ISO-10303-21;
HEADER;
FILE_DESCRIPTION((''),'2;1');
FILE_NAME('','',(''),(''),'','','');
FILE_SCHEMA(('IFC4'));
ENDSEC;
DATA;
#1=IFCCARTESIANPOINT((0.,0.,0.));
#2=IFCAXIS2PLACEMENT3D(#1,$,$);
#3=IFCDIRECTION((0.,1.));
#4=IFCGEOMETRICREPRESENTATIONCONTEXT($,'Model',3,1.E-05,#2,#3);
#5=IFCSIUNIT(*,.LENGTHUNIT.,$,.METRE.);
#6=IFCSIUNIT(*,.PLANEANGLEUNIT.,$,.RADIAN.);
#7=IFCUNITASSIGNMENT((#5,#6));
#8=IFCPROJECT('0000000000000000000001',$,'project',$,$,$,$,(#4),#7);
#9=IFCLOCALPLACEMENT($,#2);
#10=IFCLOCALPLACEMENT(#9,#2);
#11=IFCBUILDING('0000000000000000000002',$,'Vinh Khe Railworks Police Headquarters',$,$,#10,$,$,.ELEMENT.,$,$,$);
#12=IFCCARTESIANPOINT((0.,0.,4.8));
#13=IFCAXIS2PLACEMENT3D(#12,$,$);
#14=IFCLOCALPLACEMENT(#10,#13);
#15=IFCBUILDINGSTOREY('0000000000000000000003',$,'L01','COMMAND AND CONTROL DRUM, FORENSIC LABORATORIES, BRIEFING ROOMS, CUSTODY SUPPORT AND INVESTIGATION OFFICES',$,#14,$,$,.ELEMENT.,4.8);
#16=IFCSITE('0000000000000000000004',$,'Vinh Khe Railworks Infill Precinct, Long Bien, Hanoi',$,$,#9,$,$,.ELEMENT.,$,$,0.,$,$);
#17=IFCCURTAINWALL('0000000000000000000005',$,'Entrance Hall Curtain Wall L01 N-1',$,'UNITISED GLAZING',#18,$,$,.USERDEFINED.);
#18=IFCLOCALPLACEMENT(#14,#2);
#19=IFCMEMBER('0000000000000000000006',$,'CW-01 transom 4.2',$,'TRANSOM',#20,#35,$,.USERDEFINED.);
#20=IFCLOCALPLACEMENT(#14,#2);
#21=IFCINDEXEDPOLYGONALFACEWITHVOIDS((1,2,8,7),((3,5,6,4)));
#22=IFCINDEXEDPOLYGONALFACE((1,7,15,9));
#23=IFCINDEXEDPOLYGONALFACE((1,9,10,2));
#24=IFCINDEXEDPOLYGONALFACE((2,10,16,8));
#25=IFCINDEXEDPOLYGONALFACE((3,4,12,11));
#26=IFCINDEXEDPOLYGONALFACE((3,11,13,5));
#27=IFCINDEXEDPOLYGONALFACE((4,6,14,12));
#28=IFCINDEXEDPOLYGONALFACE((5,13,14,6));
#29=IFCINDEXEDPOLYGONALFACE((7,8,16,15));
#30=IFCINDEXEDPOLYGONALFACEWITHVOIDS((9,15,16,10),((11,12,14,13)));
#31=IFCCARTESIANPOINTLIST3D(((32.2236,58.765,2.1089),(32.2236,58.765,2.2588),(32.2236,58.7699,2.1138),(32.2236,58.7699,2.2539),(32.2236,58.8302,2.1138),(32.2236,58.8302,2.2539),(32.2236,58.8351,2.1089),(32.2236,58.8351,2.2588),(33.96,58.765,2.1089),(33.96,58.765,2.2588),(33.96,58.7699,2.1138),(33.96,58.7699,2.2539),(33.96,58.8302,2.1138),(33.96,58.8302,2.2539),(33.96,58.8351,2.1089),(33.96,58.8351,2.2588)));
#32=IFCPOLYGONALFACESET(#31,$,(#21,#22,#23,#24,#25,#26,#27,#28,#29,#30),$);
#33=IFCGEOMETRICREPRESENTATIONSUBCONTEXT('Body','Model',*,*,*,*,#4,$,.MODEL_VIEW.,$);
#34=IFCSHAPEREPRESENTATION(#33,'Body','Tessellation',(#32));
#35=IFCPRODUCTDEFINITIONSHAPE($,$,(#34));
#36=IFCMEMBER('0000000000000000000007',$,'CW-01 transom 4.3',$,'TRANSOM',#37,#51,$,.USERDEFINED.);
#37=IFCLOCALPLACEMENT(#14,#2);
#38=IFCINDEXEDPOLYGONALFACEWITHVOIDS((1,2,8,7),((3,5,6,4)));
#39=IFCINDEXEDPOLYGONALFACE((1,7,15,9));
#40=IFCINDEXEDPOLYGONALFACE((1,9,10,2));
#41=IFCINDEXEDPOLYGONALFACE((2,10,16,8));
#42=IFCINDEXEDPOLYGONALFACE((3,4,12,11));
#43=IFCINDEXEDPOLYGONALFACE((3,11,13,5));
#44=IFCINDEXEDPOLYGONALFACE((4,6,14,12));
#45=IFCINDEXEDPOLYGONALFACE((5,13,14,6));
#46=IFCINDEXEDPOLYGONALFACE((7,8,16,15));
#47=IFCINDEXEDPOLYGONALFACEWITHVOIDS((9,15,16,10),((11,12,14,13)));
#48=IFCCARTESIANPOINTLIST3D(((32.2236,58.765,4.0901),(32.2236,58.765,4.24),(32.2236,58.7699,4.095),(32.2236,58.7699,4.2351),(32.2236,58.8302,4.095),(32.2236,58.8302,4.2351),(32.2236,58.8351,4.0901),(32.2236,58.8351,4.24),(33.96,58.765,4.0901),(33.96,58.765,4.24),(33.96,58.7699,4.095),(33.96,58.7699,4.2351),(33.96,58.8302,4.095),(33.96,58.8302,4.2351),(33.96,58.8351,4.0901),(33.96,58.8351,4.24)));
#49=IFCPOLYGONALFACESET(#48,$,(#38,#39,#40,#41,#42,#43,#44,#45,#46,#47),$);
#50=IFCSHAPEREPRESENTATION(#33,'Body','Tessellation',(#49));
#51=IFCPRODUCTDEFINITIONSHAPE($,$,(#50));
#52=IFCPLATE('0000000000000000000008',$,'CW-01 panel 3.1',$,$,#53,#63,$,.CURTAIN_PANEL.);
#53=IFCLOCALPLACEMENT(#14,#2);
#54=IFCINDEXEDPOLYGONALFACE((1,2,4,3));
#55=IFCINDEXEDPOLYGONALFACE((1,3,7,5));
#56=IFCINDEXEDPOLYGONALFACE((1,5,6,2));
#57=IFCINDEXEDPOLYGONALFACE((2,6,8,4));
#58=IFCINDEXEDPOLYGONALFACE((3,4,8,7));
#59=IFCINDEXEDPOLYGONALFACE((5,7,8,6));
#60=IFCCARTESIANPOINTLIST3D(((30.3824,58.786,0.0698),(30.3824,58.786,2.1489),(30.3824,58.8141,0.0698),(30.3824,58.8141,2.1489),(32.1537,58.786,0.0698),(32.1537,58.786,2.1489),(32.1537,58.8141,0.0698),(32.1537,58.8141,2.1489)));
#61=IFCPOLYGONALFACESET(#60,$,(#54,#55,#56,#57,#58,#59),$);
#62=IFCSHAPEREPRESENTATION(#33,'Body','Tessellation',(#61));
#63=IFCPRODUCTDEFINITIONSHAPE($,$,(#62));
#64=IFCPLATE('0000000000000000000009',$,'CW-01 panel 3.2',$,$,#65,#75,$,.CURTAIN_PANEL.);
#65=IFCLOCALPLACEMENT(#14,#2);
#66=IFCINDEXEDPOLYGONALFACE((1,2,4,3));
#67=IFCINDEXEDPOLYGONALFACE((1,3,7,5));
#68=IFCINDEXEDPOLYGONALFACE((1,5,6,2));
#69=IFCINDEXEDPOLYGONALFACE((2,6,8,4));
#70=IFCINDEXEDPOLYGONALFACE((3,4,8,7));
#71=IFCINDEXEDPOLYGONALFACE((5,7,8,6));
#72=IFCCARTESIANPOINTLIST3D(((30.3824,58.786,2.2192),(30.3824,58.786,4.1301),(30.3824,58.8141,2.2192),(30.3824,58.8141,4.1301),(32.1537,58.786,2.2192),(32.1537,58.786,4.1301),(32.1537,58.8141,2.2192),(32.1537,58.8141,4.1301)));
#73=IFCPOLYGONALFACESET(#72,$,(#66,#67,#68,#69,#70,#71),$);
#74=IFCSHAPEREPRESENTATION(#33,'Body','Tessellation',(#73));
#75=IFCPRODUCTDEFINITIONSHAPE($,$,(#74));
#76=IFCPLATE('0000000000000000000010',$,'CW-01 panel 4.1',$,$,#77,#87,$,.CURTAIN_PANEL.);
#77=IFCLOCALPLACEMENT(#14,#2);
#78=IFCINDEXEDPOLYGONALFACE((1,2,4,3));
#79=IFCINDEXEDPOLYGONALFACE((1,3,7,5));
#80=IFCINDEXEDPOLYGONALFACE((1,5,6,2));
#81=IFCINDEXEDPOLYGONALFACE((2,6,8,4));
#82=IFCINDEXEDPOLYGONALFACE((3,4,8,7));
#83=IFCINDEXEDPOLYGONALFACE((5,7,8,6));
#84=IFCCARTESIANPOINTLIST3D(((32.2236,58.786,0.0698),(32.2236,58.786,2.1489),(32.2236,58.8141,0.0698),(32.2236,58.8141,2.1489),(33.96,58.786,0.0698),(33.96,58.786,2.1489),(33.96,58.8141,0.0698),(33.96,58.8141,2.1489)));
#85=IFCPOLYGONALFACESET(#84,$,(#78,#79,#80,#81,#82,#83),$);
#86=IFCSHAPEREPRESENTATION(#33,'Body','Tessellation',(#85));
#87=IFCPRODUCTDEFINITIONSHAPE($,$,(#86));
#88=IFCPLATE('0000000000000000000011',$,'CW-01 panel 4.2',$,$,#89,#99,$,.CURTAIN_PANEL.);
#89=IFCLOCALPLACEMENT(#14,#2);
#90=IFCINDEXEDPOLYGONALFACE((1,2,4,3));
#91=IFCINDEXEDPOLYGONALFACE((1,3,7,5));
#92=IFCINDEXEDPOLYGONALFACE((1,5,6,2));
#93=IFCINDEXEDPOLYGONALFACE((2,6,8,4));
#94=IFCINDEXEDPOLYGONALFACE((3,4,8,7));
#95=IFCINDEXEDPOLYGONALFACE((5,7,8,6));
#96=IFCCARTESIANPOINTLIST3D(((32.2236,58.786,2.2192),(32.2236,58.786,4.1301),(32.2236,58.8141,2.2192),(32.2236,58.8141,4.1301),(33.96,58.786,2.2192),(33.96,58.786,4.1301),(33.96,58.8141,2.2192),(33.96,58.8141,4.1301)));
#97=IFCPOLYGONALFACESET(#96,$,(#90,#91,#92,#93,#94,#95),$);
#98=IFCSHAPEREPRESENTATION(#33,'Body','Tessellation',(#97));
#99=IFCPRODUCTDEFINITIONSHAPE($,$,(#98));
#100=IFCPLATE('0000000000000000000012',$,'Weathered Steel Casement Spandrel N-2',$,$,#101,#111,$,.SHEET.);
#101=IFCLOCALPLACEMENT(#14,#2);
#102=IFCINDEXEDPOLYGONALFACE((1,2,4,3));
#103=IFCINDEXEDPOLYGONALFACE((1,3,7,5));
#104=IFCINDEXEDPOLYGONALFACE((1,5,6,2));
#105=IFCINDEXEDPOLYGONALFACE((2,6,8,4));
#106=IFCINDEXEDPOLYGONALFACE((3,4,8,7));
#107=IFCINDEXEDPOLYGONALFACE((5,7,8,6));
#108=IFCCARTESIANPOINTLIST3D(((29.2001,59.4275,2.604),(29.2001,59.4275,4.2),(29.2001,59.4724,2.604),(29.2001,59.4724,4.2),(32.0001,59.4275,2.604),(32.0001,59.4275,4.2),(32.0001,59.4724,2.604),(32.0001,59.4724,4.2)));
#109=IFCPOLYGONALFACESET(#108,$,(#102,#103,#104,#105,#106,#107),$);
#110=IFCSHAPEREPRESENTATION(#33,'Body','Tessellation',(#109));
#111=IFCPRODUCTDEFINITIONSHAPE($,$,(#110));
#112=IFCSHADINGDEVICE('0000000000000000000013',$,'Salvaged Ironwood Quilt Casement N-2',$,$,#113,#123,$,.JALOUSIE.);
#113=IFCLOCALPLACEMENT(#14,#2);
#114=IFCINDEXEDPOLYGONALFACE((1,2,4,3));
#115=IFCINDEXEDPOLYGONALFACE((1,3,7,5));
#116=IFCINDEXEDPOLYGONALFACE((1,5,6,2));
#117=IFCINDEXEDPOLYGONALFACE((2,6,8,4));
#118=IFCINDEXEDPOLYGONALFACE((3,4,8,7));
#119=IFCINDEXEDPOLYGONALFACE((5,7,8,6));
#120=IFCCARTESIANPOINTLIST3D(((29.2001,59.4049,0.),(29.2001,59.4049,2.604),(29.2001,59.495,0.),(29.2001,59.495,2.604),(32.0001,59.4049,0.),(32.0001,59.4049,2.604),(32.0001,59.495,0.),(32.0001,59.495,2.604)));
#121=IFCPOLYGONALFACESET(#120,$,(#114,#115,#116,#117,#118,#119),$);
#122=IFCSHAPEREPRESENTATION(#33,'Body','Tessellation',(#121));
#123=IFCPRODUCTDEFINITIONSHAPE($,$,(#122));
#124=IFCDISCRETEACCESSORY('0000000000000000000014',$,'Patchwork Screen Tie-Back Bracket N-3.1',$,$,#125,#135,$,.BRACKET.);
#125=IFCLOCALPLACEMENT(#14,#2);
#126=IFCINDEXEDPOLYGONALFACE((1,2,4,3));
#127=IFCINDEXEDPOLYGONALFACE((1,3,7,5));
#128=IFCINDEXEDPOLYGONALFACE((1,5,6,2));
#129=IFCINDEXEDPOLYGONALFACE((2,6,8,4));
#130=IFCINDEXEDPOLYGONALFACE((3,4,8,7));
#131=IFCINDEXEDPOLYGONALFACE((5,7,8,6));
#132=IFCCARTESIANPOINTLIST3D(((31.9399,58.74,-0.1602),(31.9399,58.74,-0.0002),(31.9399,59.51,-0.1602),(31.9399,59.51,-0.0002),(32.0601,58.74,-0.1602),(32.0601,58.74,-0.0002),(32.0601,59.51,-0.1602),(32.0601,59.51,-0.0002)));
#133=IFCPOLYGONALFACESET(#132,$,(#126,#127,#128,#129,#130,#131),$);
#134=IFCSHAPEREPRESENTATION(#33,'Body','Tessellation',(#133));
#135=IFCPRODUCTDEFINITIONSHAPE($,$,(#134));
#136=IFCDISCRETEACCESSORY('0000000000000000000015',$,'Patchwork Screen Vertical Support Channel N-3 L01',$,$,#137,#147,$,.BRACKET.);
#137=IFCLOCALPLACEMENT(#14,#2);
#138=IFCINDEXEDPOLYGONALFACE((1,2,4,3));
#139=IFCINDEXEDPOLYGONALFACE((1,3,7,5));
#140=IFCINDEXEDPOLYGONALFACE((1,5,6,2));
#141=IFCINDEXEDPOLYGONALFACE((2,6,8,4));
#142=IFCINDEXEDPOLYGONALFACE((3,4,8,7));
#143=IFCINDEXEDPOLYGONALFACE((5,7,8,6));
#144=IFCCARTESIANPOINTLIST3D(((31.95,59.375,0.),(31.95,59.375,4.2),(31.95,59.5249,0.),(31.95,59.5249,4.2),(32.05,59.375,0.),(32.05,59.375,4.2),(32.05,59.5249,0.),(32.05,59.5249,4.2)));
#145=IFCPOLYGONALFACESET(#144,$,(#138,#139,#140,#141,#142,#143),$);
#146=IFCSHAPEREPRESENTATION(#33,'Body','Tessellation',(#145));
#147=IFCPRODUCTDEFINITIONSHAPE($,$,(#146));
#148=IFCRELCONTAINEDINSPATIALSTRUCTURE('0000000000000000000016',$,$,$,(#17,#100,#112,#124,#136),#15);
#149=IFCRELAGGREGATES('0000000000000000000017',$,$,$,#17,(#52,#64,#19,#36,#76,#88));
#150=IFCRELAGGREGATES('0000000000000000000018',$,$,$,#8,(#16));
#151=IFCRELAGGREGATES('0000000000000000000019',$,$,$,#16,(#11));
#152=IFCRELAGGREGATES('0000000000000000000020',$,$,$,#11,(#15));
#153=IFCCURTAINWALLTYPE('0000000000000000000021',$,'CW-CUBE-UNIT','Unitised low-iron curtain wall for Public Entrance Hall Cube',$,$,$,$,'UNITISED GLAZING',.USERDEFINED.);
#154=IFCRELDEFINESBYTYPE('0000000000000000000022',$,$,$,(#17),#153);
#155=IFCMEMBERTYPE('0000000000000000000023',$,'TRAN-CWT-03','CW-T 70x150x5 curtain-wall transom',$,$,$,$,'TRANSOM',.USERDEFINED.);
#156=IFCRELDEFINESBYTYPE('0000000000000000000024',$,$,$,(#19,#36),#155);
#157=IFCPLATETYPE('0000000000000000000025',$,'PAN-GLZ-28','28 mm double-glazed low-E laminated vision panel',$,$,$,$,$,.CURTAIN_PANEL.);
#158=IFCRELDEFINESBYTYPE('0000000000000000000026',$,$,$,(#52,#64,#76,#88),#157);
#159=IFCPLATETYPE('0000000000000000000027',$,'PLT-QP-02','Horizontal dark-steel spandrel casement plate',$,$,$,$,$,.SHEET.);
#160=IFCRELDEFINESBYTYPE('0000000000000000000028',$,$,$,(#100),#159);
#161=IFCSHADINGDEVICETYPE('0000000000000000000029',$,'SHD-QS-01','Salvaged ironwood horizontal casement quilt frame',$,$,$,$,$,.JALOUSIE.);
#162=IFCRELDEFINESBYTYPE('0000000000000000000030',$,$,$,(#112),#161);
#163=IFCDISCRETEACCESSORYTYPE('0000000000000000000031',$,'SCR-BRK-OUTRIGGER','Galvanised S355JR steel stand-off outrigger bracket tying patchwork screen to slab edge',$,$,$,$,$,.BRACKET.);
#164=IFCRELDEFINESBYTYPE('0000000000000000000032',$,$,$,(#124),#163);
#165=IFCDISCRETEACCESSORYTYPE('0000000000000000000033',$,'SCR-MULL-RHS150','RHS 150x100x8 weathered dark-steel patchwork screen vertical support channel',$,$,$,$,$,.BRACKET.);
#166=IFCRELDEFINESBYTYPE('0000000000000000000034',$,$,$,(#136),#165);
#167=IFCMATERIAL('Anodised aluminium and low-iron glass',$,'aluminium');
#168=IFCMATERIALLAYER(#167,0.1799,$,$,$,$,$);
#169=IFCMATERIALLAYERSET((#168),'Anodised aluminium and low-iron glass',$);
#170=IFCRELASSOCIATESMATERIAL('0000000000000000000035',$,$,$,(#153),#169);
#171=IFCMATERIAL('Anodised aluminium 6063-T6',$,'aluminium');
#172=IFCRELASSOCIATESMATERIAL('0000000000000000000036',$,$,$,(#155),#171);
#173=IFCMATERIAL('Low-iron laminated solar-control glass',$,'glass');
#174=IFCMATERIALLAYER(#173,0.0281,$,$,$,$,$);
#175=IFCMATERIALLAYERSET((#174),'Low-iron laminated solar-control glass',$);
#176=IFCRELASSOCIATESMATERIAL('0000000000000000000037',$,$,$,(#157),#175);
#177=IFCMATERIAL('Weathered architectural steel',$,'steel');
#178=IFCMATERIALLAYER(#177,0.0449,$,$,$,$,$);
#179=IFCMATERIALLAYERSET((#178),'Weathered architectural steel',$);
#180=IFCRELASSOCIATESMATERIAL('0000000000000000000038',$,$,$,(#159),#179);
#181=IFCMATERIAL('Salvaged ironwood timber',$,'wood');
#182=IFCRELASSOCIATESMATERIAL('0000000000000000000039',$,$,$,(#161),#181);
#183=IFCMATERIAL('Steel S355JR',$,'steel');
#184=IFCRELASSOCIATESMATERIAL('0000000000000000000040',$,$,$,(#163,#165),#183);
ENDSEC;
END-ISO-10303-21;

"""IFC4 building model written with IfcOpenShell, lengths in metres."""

from ifc_helpers import new_model, si_unit, direction, frame, origin, origin_2d, place, context, subcontext, project, spatial, rectangle, hollow_rectangle, extrude, material, layer, layer_set, material_profile, profile_set, type_object, element, aggregate, save


model = new_model("IFC4")

# Units and contexts
model_context = context("Model", 3, precision=1e-05, world=origin(), true_north=direction((0.0, 1.0)))
body_context = subcontext(model_context, "Body", "Model", "MODEL_VIEW")
ifc_project = project(units=[si_unit("LENGTHUNIT", "METRE"), si_unit("PLANEANGLEUNIT", "RADIAN")], contexts=[model_context])

# Site, building, storey
site_placement = place(None, origin())
site = spatial("IfcSite", under=ifc_project, at=site_placement, Name="Vinh Khe Railworks Infill Precinct, Long Bien, Hanoi", CompositionType="ELEMENT", RefElevation=0.0)
building_placement = place(site_placement, origin())
building = spatial("IfcBuilding", under=site, at=building_placement, Name="Vinh Khe Railworks Police Headquarters", CompositionType="ELEMENT")
storey_placement = place(building_placement, frame((0.0, 0.0, 4.8)))
storey = spatial("IfcBuildingStorey", under=building, at=storey_placement, Name="L01", Description="COMMAND AND CONTROL DRUM, FORENSIC LABORATORIES, BRIEFING ROOMS, CUSTODY SUPPORT AND INVESTIGATION OFFICES", CompositionType="ELEMENT", Elevation=4.8)

# Shared definitions
ifc_material_1 = material(Name="Steel S355JR", Category="steel")

# Shared definitions
ifc_material_2 = material(Name="Salvaged ironwood timber", Category="wood")

# Curtain wall, members, plates
ifc_material_3 = material(Name="Anodised aluminium and low-iron glass", Category="aluminium")
ifc_layer_1 = layer(ifc_material_3, 0.1799)
ifc_layer_set_1 = layer_set([ifc_layer_1], Name="Anodised aluminium and low-iron glass")
curtain_wall_type = type_object("IfcCurtainWallType", Name="CW-CUBE-UNIT", Description="Unitised low-iron curtain wall for Public Entrance Hall Cube", ElementType="UNITISED GLAZING", PredefinedType="USERDEFINED", material=ifc_layer_set_1)
curtain_wall_placement = place(storey_placement, origin())
curtain_wall = element("IfcCurtainWall", 1, at=curtain_wall_placement, inside=storey, type_object=curtain_wall_type, Name="Entrance Hall Curtain Wall L01 N-1", ObjectType="UNITISED GLAZING", PredefinedType="USERDEFINED")
ifc_material_4 = material(Name="Anodised aluminium 6063-T6", Category="aluminium")
ifc_material_profile_1 = material_profile(ifc_material_4, hollow_rectangle(XDim=0.0701, YDim=0.1499, WallThickness=0.0049, at=origin_2d()), Name="CW-T 70x150x5")
ifc_profile_set_1 = profile_set([ifc_material_profile_1], Name="Anodised aluminium 6063-T6")
member_type_1 = type_object("IfcMemberType", Name="TRAN-CWT-03", Description="CW-T 70x150x5 curtain-wall transom", ElementType="TRANSOM", PredefinedType="USERDEFINED", material=ifc_profile_set_1)
member_1_placement = place(storey_placement, frame((32.2236, 58.8, 2.1838), z_axis=(1.0, 0.0, 0.0), x_axis=(0.0, 1.0, 0.0)))
member_1 = element("IfcMember", 2, at=member_1_placement, type_object=member_type_1, Name="CW-01 transom 4.2", ObjectType="TRANSOM", PredefinedType="USERDEFINED", context=body_context, shape_type="SweptSolid", body=[
    extrude(hollow_rectangle(XDim=0.0701, YDim=0.1499, WallThickness=0.0049, at=origin_2d()), origin(), (0.0, 0.0, 1.0), 1.7363),
])
member_2_placement = place(storey_placement, frame((32.2236, 58.8, 4.165), z_axis=(1.0, 0.0, 0.0), x_axis=(0.0, 1.0, 0.0)))
member_2 = element("IfcMember", 3, at=member_2_placement, type_object=member_type_1, Name="CW-01 transom 4.3", ObjectType="TRANSOM", PredefinedType="USERDEFINED", context=body_context, shape_type="SweptSolid", body=[
    extrude(hollow_rectangle(XDim=0.0701, YDim=0.1499, WallThickness=0.0049, at=origin_2d()), origin(), (0.0, 0.0, 1.0), 1.7363),
])
ifc_material_5 = material(Name="Low-iron laminated solar-control glass", Category="glass")
ifc_layer_2 = layer(ifc_material_5, 0.0281)
ifc_layer_set_2 = layer_set([ifc_layer_2], Name="Low-iron laminated solar-control glass")
plate_type_1 = type_object("IfcPlateType", Name="PAN-GLZ-28", Description="28 mm double-glazed low-E laminated vision panel", PredefinedType="CURTAIN_PANEL", material=ifc_layer_set_2)
plate_1_placement = place(storey_placement, frame((31.2681, 58.8, 0.0698), z_axis=(0.0, 0.0, 1.0), x_axis=(1.0, 0.0, 0.0)))
plate_1 = element("IfcPlate", 4, at=plate_1_placement, type_object=plate_type_1, Name="CW-01 panel 3.1", PredefinedType="CURTAIN_PANEL", context=body_context, shape_type="SweptSolid", body=[
    extrude(rectangle(XDim=1.7712, YDim=0.0281, at=origin_2d()), origin(), (0.0, 0.0, 1.0), 2.0791),
])
plate_2_placement = place(storey_placement, frame((31.2681, 58.8, 2.2192), z_axis=(0.0, 0.0, 1.0), x_axis=(1.0, 0.0, 0.0)))
plate_2 = element("IfcPlate", 5, at=plate_2_placement, type_object=plate_type_1, Name="CW-01 panel 3.2", PredefinedType="CURTAIN_PANEL", context=body_context, shape_type="SweptSolid", body=[
    extrude(rectangle(XDim=1.7712, YDim=0.0281, at=origin_2d()), origin(), (0.0, 0.0, 1.0), 1.9109),
])
plate_3_placement = place(storey_placement, frame((33.0918, 58.8, 0.0698), z_axis=(0.0, 0.0, 1.0), x_axis=(1.0, 0.0, 0.0)))
plate_3 = element("IfcPlate", 6, at=plate_3_placement, type_object=plate_type_1, Name="CW-01 panel 4.1", PredefinedType="CURTAIN_PANEL", context=body_context, shape_type="SweptSolid", body=[
    extrude(rectangle(XDim=1.7363, YDim=0.0281, at=origin_2d()), origin(), (0.0, 0.0, 1.0), 2.0791),
])
plate_4_placement = place(storey_placement, frame((33.0918, 58.8, 2.2192), z_axis=(0.0, 0.0, 1.0), x_axis=(1.0, 0.0, 0.0)))
plate_4 = element("IfcPlate", 7, at=plate_4_placement, type_object=plate_type_1, Name="CW-01 panel 4.2", PredefinedType="CURTAIN_PANEL", context=body_context, shape_type="SweptSolid", body=[
    extrude(rectangle(XDim=1.7363, YDim=0.0281, at=origin_2d()), origin(), (0.0, 0.0, 1.0), 1.9109),
])
aggregate(curtain_wall, [plate_1, plate_2, member_1, member_2, plate_3, plate_4])

# Plate
ifc_material_6 = material(Name="Weathered architectural steel", Category="steel")
ifc_layer_3 = layer(ifc_material_6, 0.0449)
ifc_layer_set_3 = layer_set([ifc_layer_3], Name="Weathered architectural steel")
plate_type_2 = type_object("IfcPlateType", Name="PLT-QP-02", Description="Horizontal dark-steel spandrel casement plate", PredefinedType="SHEET", material=ifc_layer_set_3)
plate_5_placement = place(storey_placement, frame((30.6001, 59.45, 2.604), z_axis=(0.0, 0.0, 1.0), x_axis=(1.0, 0.0, 0.0)))
element("IfcPlate", 8, at=plate_5_placement, inside=storey, type_object=plate_type_2, Name="Weathered Steel Casement Spandrel N-2", PredefinedType="SHEET", context=body_context, shape_type="SweptSolid", body=[
    extrude(rectangle(XDim=2.8, YDim=0.0449, at=origin_2d()), origin(), (0.0, 0.0, 1.0), 1.5959),
])

# Shading device
shading_device_type = type_object("IfcShadingDeviceType", Name="SHD-QS-01", Description="Salvaged ironwood horizontal casement quilt frame", PredefinedType="JALOUSIE", material=ifc_material_2)
shading_device_placement = place(storey_placement, frame((30.6001, 59.45, 0.0), z_axis=(0.0, 0.0, 1.0), x_axis=(1.0, 0.0, 0.0)))
element("IfcShadingDevice", 9, at=shading_device_placement, inside=storey, type_object=shading_device_type, Name="Salvaged Ironwood Quilt Casement N-2", PredefinedType="JALOUSIE", context=body_context, shape_type="SweptSolid", body=[
    extrude(rectangle(XDim=2.8, YDim=0.0901, at=origin_2d()), origin(), (0.0, 0.0, 1.0), 2.604),
])

# Discrete accessories
discrete_accessory_type_1 = type_object("IfcDiscreteAccessoryType", Name="SCR-BRK-OUTRIGGER", Description="Galvanised S355JR steel stand-off outrigger bracket tying patchwork screen to slab edge", PredefinedType="BRACKET", material=ifc_material_1)
discrete_accessory_1_placement = place(storey_placement, frame((32.0, 59.125, -0.1602), z_axis=(0.0, 0.0, 1.0), x_axis=(1.0, 0.0, 0.0)))
element("IfcDiscreteAccessory", 10, at=discrete_accessory_1_placement, inside=storey, type_object=discrete_accessory_type_1, Name="Patchwork Screen Tie-Back Bracket N-3.1", PredefinedType="BRACKET", context=body_context, shape_type="SweptSolid", body=[
    extrude(rectangle(XDim=0.1201, YDim=0.77, at=origin_2d()), origin(), (0.0, 0.0, 1.0), 0.1599),
])
discrete_accessory_type_2 = type_object("IfcDiscreteAccessoryType", Name="SCR-MULL-RHS150", Description="RHS 150x100x8 weathered dark-steel patchwork screen vertical support channel", PredefinedType="BRACKET", material=ifc_material_1)
discrete_accessory_2_placement = place(storey_placement, frame((32.0, 59.45, 0.0), z_axis=(0.0, 0.0, 1.0), x_axis=(1.0, 0.0, 0.0)))
element("IfcDiscreteAccessory", 11, at=discrete_accessory_2_placement, inside=storey, type_object=discrete_accessory_type_2, Name="Patchwork Screen Vertical Support Channel N-3 L01", PredefinedType="BRACKET", context=body_context, shape_type="SweptSolid", body=[
    extrude(rectangle(XDim=0.1001, YDim=0.1499, at=origin_2d()), origin(), (0.0, 0.0, 1.0), 4.2),
])

save(model, "model.ifc")
